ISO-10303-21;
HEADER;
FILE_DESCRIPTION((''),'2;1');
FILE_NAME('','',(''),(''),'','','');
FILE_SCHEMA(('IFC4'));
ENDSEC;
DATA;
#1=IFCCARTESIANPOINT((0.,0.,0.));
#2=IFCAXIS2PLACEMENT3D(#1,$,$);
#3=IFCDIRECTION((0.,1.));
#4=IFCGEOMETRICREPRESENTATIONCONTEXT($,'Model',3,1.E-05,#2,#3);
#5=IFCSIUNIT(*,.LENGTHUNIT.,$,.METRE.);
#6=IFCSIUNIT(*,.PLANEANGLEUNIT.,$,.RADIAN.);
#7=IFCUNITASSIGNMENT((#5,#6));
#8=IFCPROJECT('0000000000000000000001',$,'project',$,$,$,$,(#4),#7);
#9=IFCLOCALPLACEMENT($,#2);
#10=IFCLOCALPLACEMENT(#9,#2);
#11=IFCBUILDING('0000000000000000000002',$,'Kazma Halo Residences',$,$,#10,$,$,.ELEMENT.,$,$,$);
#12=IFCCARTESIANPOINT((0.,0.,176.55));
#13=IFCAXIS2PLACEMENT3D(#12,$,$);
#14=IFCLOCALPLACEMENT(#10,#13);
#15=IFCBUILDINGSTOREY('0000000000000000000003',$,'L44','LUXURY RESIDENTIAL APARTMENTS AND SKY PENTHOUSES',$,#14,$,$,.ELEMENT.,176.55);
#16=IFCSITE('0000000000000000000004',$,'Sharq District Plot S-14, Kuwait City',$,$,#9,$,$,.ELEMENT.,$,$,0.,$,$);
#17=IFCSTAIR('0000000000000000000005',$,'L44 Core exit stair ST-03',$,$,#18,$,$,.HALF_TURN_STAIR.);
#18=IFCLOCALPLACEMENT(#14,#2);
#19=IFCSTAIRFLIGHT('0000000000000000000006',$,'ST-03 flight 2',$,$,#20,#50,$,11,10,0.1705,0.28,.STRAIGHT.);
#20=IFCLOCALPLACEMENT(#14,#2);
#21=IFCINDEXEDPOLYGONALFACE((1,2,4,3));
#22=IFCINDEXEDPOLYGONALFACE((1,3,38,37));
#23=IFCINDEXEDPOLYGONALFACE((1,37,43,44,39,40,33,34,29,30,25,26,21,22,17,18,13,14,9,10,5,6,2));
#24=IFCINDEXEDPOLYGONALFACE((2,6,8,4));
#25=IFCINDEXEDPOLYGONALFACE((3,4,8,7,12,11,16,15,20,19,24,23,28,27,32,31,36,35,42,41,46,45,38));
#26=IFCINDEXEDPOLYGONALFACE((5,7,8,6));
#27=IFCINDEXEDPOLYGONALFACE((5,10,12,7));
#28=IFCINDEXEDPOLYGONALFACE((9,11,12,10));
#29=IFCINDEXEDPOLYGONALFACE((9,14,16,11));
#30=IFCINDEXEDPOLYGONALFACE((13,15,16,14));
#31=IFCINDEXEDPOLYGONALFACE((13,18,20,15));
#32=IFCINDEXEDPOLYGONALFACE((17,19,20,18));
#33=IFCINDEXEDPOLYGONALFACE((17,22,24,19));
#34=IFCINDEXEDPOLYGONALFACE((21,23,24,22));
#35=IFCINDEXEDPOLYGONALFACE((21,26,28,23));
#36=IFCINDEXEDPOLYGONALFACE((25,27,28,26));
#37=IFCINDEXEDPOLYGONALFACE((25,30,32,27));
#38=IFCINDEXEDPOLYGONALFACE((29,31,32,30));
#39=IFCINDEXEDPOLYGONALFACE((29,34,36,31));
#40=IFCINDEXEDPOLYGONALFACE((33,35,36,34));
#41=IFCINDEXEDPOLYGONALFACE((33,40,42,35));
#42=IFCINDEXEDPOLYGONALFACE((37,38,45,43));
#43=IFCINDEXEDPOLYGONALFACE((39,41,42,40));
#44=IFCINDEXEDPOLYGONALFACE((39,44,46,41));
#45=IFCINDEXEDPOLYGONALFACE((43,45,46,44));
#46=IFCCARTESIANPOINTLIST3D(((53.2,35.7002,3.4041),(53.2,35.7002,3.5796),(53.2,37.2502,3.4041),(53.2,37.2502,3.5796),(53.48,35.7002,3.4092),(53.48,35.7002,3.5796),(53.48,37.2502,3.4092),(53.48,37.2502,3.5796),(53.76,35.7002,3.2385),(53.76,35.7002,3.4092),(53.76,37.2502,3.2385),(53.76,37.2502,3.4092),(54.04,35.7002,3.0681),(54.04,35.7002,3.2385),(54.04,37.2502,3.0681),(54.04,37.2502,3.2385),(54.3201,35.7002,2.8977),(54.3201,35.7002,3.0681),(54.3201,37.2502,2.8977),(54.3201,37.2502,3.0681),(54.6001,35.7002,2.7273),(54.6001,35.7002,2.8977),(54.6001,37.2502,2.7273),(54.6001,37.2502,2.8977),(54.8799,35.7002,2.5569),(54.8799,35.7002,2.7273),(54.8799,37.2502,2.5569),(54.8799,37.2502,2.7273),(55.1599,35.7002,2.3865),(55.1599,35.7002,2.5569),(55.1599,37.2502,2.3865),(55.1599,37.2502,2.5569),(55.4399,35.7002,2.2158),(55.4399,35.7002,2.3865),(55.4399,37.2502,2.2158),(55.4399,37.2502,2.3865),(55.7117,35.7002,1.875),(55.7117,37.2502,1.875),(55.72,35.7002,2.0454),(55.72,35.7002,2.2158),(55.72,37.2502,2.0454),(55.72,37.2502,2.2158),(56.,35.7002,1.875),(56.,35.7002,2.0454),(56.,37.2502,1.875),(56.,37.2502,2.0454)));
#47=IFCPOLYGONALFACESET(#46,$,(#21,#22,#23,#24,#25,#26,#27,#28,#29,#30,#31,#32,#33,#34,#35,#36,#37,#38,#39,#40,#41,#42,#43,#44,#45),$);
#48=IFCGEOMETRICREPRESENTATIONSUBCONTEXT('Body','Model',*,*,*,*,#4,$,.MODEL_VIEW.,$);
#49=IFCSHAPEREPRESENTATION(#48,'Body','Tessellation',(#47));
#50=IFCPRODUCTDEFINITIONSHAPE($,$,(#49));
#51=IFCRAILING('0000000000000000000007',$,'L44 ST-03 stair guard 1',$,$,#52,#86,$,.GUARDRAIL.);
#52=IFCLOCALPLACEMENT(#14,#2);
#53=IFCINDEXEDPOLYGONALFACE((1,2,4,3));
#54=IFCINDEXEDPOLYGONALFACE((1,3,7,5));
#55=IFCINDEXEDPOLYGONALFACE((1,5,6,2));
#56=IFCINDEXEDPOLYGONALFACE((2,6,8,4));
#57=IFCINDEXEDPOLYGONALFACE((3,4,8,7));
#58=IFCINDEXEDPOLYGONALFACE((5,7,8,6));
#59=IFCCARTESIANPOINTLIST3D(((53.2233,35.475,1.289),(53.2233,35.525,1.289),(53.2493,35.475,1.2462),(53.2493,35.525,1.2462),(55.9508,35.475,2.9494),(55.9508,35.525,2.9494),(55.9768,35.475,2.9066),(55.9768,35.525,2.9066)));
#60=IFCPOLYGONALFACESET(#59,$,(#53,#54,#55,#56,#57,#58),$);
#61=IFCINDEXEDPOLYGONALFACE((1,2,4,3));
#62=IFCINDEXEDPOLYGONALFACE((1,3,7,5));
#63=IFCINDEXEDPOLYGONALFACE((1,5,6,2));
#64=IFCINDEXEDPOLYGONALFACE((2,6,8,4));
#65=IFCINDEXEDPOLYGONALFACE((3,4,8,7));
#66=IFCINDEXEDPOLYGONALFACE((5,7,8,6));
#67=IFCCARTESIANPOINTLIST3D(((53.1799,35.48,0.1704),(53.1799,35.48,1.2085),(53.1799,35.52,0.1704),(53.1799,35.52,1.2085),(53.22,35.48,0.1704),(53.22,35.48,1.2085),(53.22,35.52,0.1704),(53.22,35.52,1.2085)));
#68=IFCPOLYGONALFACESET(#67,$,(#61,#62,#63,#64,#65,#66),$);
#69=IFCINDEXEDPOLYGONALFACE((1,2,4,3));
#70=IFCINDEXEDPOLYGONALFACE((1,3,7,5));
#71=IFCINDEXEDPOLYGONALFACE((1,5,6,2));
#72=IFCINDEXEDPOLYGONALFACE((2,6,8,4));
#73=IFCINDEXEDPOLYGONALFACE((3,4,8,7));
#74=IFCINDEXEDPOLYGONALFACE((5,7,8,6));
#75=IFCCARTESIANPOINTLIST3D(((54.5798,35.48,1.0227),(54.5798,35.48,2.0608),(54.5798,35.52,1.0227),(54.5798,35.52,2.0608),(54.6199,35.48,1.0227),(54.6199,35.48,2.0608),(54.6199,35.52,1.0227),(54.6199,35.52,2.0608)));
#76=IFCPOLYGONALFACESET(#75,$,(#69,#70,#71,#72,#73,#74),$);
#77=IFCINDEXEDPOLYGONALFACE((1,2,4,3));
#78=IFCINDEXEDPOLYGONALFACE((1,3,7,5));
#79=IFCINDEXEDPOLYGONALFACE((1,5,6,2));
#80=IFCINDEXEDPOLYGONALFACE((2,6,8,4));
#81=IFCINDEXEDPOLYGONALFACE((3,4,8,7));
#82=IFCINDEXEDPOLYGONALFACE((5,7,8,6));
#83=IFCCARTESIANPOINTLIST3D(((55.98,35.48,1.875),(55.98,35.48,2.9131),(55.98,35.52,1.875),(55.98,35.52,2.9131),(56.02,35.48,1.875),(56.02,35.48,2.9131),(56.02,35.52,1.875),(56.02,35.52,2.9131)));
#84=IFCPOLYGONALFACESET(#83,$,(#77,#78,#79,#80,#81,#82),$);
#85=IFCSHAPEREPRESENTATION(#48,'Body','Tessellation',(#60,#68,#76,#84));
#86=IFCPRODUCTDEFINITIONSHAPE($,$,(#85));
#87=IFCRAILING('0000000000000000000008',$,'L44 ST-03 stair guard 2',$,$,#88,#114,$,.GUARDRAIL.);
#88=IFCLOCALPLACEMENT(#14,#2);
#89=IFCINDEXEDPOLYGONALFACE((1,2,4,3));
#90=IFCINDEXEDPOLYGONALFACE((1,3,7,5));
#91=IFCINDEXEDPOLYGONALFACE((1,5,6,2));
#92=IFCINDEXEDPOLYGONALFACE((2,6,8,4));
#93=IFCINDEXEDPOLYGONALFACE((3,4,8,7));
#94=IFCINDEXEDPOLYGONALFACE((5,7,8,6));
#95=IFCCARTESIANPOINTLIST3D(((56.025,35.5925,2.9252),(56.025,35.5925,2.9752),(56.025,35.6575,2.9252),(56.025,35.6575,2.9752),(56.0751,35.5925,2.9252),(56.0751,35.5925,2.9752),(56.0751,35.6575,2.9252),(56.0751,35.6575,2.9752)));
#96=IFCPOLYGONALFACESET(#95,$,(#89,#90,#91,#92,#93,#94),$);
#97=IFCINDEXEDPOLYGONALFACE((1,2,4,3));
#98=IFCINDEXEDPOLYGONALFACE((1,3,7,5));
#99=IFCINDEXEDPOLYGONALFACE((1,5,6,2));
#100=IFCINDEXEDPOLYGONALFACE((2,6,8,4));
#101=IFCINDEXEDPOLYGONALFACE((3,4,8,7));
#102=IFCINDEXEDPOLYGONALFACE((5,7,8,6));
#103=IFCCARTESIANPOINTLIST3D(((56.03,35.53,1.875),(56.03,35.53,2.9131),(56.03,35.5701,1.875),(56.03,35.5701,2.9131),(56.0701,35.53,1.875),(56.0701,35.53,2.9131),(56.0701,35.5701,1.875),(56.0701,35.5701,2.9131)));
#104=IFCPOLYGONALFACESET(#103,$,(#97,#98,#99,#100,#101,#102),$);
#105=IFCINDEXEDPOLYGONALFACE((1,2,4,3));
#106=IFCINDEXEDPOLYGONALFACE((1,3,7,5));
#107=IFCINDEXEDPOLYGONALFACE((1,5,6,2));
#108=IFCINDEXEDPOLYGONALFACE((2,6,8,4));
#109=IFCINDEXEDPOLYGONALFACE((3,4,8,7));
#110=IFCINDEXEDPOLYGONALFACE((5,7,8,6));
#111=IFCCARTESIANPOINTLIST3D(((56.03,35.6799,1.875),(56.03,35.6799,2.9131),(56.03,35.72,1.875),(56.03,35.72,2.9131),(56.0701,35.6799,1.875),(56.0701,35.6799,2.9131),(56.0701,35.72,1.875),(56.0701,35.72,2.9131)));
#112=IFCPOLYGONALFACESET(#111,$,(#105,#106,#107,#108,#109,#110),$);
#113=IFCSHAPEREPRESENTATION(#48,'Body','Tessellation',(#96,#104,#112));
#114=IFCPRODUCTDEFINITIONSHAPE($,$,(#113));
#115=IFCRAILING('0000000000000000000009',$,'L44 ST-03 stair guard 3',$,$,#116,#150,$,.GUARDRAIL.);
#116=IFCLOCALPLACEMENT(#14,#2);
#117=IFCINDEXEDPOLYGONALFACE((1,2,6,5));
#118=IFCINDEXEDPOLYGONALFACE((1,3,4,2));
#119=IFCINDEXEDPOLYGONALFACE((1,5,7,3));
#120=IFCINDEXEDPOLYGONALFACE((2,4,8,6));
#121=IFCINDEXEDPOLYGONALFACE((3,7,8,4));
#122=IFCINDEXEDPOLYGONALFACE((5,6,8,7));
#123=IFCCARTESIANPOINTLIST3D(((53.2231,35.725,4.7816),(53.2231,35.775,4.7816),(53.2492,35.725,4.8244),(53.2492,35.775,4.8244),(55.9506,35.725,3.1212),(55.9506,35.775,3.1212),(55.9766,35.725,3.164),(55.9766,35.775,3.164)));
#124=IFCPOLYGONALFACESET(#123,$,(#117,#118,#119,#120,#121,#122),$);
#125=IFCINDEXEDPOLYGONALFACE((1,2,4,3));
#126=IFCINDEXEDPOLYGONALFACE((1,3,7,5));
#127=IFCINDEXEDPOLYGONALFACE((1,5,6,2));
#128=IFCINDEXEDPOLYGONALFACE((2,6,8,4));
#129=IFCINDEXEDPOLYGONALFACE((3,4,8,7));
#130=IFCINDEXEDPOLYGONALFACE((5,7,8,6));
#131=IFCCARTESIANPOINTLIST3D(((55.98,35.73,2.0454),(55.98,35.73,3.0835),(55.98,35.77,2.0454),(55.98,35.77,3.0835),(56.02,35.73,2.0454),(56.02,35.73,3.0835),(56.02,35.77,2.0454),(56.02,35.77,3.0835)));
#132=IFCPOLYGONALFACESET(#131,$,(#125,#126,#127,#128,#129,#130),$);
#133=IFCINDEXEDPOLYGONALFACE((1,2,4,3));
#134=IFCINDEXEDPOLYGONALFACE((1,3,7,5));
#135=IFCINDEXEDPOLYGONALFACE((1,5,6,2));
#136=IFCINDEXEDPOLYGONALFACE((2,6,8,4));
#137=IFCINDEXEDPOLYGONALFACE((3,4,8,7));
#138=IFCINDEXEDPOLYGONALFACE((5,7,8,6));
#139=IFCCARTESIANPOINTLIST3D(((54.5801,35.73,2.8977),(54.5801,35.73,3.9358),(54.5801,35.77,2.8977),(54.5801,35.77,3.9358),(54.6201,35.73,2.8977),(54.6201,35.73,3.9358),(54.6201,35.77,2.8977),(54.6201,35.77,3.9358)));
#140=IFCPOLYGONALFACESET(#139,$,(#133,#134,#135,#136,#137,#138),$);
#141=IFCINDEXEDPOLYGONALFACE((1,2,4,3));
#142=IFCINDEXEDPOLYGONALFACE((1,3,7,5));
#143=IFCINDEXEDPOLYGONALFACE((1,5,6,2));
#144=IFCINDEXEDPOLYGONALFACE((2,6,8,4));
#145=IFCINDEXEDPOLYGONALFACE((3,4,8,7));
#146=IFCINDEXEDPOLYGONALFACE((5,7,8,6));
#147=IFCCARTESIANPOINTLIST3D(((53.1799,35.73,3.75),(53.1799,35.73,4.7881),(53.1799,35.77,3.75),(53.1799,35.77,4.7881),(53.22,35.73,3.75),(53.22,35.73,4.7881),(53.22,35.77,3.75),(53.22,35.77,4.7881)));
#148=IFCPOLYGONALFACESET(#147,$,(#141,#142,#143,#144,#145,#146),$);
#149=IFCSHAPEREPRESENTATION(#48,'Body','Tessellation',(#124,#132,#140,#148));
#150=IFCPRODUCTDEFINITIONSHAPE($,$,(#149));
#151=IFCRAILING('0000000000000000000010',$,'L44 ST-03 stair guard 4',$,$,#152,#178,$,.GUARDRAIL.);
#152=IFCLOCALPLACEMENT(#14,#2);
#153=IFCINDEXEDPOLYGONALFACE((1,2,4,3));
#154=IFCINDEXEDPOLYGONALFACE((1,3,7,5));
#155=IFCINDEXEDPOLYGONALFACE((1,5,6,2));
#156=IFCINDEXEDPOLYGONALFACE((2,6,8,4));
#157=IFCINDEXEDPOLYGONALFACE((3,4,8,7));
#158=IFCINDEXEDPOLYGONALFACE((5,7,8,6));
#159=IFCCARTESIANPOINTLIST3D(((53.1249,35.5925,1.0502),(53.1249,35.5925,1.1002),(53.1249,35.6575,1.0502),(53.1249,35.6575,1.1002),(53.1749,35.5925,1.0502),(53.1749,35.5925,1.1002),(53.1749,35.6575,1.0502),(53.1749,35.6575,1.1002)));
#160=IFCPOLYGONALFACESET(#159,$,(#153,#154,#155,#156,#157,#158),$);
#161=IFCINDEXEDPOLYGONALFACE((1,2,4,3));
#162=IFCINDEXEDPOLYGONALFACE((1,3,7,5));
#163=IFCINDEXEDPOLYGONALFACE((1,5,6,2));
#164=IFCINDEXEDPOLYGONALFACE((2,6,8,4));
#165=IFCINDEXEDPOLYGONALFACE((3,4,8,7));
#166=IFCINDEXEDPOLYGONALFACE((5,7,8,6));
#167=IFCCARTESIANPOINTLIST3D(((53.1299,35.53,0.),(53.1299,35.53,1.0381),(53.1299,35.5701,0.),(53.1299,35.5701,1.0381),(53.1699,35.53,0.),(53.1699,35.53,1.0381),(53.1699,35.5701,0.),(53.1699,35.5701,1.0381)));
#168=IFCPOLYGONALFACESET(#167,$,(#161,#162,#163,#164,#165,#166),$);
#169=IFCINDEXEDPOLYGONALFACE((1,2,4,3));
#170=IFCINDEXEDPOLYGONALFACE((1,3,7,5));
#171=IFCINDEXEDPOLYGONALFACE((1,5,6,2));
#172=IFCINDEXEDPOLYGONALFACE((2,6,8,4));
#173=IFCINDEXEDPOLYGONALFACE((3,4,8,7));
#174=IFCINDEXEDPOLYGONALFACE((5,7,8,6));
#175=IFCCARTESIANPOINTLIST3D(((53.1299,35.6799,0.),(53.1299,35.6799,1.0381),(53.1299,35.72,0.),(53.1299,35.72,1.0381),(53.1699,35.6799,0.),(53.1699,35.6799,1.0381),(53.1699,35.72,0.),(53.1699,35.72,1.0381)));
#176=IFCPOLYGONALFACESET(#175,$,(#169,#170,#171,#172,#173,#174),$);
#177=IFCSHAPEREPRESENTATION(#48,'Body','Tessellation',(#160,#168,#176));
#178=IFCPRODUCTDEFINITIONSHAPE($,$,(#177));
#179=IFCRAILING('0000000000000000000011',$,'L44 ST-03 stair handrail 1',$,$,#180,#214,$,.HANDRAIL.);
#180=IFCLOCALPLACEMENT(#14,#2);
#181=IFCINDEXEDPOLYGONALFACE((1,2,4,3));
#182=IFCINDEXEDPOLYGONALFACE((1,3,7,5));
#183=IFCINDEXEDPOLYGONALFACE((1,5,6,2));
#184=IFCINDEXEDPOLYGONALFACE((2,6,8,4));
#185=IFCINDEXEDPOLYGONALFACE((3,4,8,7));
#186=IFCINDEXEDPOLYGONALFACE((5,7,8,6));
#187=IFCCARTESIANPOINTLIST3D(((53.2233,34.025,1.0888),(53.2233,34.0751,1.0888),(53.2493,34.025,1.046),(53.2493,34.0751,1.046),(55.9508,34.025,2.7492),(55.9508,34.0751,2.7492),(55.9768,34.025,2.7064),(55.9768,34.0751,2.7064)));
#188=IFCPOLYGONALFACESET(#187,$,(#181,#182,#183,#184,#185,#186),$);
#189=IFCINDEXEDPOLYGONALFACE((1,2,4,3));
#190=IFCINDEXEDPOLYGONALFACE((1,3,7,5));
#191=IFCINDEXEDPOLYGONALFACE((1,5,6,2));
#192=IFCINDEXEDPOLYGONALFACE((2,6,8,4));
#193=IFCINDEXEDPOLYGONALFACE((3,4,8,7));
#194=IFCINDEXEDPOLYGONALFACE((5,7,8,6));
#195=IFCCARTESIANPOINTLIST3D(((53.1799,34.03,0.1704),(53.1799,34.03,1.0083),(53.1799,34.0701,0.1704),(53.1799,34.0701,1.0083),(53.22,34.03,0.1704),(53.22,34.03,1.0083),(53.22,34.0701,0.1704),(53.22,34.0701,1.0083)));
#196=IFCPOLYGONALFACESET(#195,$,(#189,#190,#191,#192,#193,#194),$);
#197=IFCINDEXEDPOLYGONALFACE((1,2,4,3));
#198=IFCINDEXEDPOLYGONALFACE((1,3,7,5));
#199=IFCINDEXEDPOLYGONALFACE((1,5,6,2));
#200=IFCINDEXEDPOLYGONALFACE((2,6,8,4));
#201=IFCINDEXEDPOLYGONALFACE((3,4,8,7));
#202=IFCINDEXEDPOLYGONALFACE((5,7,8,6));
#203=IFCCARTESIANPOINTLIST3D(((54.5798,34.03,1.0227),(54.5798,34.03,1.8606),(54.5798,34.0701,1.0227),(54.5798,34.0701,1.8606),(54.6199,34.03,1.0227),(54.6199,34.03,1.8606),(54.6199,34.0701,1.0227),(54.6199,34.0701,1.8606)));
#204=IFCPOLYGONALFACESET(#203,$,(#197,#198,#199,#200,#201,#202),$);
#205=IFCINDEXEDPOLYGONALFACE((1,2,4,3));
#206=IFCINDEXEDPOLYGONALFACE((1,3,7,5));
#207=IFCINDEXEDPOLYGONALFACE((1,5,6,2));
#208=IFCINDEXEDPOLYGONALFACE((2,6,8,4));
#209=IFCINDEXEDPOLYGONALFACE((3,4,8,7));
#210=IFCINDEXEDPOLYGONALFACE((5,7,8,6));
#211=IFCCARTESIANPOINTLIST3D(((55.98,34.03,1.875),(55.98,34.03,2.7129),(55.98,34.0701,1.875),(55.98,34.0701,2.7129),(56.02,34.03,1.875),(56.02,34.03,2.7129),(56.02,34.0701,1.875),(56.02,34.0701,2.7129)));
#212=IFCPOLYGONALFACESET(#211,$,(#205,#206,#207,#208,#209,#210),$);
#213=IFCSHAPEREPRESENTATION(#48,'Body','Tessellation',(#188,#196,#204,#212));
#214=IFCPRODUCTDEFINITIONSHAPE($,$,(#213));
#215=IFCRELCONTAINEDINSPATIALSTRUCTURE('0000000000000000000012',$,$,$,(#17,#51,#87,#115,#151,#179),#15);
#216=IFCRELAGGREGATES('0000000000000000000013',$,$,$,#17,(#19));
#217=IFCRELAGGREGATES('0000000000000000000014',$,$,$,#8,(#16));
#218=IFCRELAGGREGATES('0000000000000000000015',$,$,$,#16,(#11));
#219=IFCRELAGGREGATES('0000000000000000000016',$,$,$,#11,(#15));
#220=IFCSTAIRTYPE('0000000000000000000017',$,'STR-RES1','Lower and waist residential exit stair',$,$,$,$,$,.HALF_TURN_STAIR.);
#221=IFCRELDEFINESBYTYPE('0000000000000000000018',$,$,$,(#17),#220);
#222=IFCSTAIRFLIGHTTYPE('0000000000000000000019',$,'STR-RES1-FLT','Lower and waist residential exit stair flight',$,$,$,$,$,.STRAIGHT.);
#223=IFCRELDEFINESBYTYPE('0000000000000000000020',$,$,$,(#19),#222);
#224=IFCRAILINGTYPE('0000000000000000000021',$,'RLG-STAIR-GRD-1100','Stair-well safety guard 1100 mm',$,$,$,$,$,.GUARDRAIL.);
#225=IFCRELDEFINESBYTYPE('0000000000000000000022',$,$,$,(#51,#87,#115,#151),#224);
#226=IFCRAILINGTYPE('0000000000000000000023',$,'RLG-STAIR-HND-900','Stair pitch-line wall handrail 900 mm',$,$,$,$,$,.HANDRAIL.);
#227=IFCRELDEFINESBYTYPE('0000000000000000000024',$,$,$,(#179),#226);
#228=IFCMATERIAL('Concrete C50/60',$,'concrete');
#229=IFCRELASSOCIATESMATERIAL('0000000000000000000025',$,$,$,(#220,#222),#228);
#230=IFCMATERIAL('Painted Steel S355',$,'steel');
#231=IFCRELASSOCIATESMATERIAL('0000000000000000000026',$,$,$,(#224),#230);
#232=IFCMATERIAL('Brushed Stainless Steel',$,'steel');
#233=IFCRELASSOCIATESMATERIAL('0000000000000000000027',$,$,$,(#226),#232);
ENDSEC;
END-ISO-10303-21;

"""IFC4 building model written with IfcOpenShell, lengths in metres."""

from ifc_helpers import new_model, si_unit, direction, frame, origin, origin_2d, place, context, subcontext, project, spatial, polyline, rectangle, outline, extrude, material, type_object, element, aggregate, save


model = new_model("IFC4")

# Units and contexts
model_context = context("Model", 3, precision=1e-05, world=origin(), true_north=direction((0.0, 1.0)))
body_context = subcontext(model_context, "Body", "Model", "MODEL_VIEW")
ifc_project = project(units=[si_unit("LENGTHUNIT", "METRE"), si_unit("PLANEANGLEUNIT", "RADIAN")], contexts=[model_context])

# Site, building, storey
site_placement = place(None, origin())
site = spatial("IfcSite", under=ifc_project, at=site_placement, Name="Sharq District Plot S-14, Kuwait City", CompositionType="ELEMENT", RefElevation=0.0)
building_placement = place(site_placement, origin())
building = spatial("IfcBuilding", under=site, at=building_placement, Name="Kazma Halo Residences", CompositionType="ELEMENT")
storey_placement = place(building_placement, frame((0.0, 0.0, 176.55)))
storey = spatial("IfcBuildingStorey", under=building, at=storey_placement, Name="L44", Description="LUXURY RESIDENTIAL APARTMENTS AND SKY PENTHOUSES", CompositionType="ELEMENT", Elevation=176.55)

# Shared definitions
ifc_material_1 = material(Name="Concrete C50/60", Category="concrete")

# Stair, stair flight
stair_type = type_object("IfcStairType", Name="STR-RES1", Description="Lower and waist residential exit stair", PredefinedType="HALF_TURN_STAIR", material=ifc_material_1)
stair_placement = place(storey_placement, origin())
stair = element("IfcStair", 1, at=stair_placement, inside=storey, type_object=stair_type, Name="L44 Core exit stair ST-03", PredefinedType="HALF_TURN_STAIR")
stair_flight_type = type_object("IfcStairFlightType", Name="STR-RES1-FLT", Description="Lower and waist residential exit stair flight", PredefinedType="STRAIGHT", material=ifc_material_1)
stair_flight_1_placement = place(storey_placement, frame((56.0, 36.4751, 1.875), z_axis=(0.0, 0.0, 1.0), x_axis=(-1.0, 0.0, 0.0)))
stair_flight_1 = element("IfcStairFlight", 2, at=stair_flight_1_placement, type_object=stair_flight_type, Name="ST-03 flight 2", NumberOfRisers=11, NumberOfTreads=10, PredefinedType="STRAIGHT", RiserHeight=0.1705, TreadLength=0.28, context=body_context, shape_type="SweptSolid", body=[
    extrude(outline(polyline([(0.0, 0.0), (0.0, 0.1704), (0.28, 0.1704), (0.28, 0.3408), (0.5601, 0.3408), (0.5601, 0.5115), (0.8401, 0.5115), (0.8401, 0.6819), (1.1201, 0.6819), (1.1201, 0.8523), (1.3999, 0.8523), (1.3999, 1.0227), (1.6799, 1.0227), (1.6799, 1.1931), (1.96, 1.1931), (1.96, 1.3635), (2.24, 1.3635), (2.24, 1.5342), (2.52, 1.5342), (2.52, 1.7046), (2.8, 1.7046), (2.8, 1.875), (2.8, 1.5291), (0.2883, 0.0), (0.0, 0.0)])), frame((0.0, 0.7749, 0.0), z_axis=(0.0, -1.0, 0.0), x_axis=(1.0, 0.0, 0.0)), (0.0, 0.0, 1.0), 1.55),
])
aggregate(stair, [stair_flight_1])

# Railings
ifc_material_2 = material(Name="Painted Steel S355", Category="steel")
railing_type_1 = type_object("IfcRailingType", Name="RLG-STAIR-GRD-1100", Description="Stair-well safety guard 1100 mm", PredefinedType="GUARDRAIL", material=ifc_material_2)
railing_1_placement = place(storey_placement, frame((53.2, 35.5, 0.1704)))
element("IfcRailing", 3, at=railing_1_placement, inside=storey, type_object=railing_type_1, Name="L44 ST-03 stair guard 1", PredefinedType="GUARDRAIL", context=body_context, shape_type="SweptSolid", body=[
    extrude(rectangle(XDim=0.05, YDim=0.05, at=origin_2d()), frame((0.0364, 0.0, 1.0972), z_axis=(0.85417, 0.0, 0.519994), x_axis=(0.0, 1.0, 0.0)), (0.0, 0.0, 1.0), 3.1931),
    extrude(rectangle(XDim=0.04, YDim=0.04, at=origin_2d()), origin(), (0.0, 0.0, 1.0), 1.0381),
    extrude(rectangle(XDim=0.04, YDim=0.04, at=origin_2d()), frame((1.3999, 0.0, 0.8523)), (0.0, 0.0, 1.0), 1.0381),
    extrude(rectangle(XDim=0.04, YDim=0.04, at=origin_2d()), frame((2.8, 0.0, 1.7046)), (0.0, 0.0, 1.0), 1.0381),
])
railing_2_placement = place(storey_placement, frame((56.05, 35.55, 1.875)))
element("IfcRailing", 4, at=railing_2_placement, inside=storey, type_object=railing_type_1, Name="L44 ST-03 stair guard 2", PredefinedType="GUARDRAIL", context=body_context, shape_type="SweptSolid", body=[
    extrude(rectangle(XDim=0.05, YDim=0.05, at=origin_2d()), frame((0.0, 0.0425, 1.0752), z_axis=(0.0, 1.0, 0.0), x_axis=(-1.0, 0.0, 0.0)), (0.0, 0.0, 1.0), 0.0649),
    extrude(rectangle(XDim=0.04, YDim=0.04, at=origin_2d()), origin(), (0.0, 0.0, 1.0), 1.0381),
    extrude(rectangle(XDim=0.04, YDim=0.04, at=origin_2d()), frame((0.0, 0.1499, 0.0)), (0.0, 0.0, 1.0), 1.0381),
])
railing_3_placement = place(storey_placement, frame((56.0, 35.75, 2.0454)))
element("IfcRailing", 5, at=railing_3_placement, inside=storey, type_object=railing_type_1, Name="L44 ST-03 stair guard 3", PredefinedType="GUARDRAIL", context=body_context, shape_type="SweptSolid", body=[
    extrude(rectangle(XDim=0.05, YDim=0.05, at=origin_2d()), frame((-0.0364, 0.0, 1.0972), z_axis=(-0.85417, 0.0, 0.519994), x_axis=(0.0, -1.0, 0.0)), (0.0, 0.0, 1.0), 3.1931),
    extrude(rectangle(XDim=0.04, YDim=0.04, at=origin_2d()), origin(), (0.0, 0.0, 1.0), 1.0381),
    extrude(rectangle(XDim=0.04, YDim=0.04, at=origin_2d()), frame((-1.3999, 0.0, 0.8523)), (0.0, 0.0, 1.0), 1.0381),
    extrude(rectangle(XDim=0.04, YDim=0.04, at=origin_2d()), frame((-2.8, 0.0, 1.7046)), (0.0, 0.0, 1.0), 1.0381),
])
railing_4_placement = place(storey_placement, frame((53.1499, 35.55, 0.0)))
element("IfcRailing", 6, at=railing_4_placement, inside=storey, type_object=railing_type_1, Name="L44 ST-03 stair guard 4", PredefinedType="GUARDRAIL", context=body_context, shape_type="SweptSolid", body=[
    extrude(rectangle(XDim=0.05, YDim=0.05, at=origin_2d()), frame((0.0, 0.0425, 1.0752), z_axis=(0.0, 1.0, 0.0), x_axis=(-1.0, 0.0, 0.0)), (0.0, 0.0, 1.0), 0.0649),
    extrude(rectangle(XDim=0.04, YDim=0.04, at=origin_2d()), origin(), (0.0, 0.0, 1.0), 1.0381),
    extrude(rectangle(XDim=0.04, YDim=0.04, at=origin_2d()), frame((0.0, 0.1499, 0.0)), (0.0, 0.0, 1.0), 1.0381),
])
ifc_material_3 = material(Name="Brushed Stainless Steel", Category="steel")
railing_type_2 = type_object("IfcRailingType", Name="RLG-STAIR-HND-900", Description="Stair pitch-line wall handrail 900 mm", PredefinedType="HANDRAIL", material=ifc_material_3)
railing_5_placement = place(storey_placement, frame((53.2, 34.05, 0.1704)))
element("IfcRailing", 7, at=railing_5_placement, inside=storey, type_object=railing_type_2, Name="L44 ST-03 stair handrail 1", PredefinedType="HANDRAIL", context=body_context, shape_type="SweptSolid", body=[
    extrude(rectangle(XDim=0.05, YDim=0.05, at=origin_2d()), frame((0.0364, 0.0, 0.897), z_axis=(0.85417, 0.0, 0.519994), x_axis=(0.0, 1.0, 0.0)), (0.0, 0.0, 1.0), 3.1931),
    extrude(rectangle(XDim=0.04, YDim=0.04, at=origin_2d()), origin(), (0.0, 0.0, 1.0), 0.8379),
    extrude(rectangle(XDim=0.04, YDim=0.04, at=origin_2d()), frame((1.3999, 0.0, 0.8523)), (0.0, 0.0, 1.0), 0.8379),
    extrude(rectangle(XDim=0.04, YDim=0.04, at=origin_2d()), frame((2.8, 0.0, 1.7046)), (0.0, 0.0, 1.0), 0.8379),
])

save(model, "model.ifc")
